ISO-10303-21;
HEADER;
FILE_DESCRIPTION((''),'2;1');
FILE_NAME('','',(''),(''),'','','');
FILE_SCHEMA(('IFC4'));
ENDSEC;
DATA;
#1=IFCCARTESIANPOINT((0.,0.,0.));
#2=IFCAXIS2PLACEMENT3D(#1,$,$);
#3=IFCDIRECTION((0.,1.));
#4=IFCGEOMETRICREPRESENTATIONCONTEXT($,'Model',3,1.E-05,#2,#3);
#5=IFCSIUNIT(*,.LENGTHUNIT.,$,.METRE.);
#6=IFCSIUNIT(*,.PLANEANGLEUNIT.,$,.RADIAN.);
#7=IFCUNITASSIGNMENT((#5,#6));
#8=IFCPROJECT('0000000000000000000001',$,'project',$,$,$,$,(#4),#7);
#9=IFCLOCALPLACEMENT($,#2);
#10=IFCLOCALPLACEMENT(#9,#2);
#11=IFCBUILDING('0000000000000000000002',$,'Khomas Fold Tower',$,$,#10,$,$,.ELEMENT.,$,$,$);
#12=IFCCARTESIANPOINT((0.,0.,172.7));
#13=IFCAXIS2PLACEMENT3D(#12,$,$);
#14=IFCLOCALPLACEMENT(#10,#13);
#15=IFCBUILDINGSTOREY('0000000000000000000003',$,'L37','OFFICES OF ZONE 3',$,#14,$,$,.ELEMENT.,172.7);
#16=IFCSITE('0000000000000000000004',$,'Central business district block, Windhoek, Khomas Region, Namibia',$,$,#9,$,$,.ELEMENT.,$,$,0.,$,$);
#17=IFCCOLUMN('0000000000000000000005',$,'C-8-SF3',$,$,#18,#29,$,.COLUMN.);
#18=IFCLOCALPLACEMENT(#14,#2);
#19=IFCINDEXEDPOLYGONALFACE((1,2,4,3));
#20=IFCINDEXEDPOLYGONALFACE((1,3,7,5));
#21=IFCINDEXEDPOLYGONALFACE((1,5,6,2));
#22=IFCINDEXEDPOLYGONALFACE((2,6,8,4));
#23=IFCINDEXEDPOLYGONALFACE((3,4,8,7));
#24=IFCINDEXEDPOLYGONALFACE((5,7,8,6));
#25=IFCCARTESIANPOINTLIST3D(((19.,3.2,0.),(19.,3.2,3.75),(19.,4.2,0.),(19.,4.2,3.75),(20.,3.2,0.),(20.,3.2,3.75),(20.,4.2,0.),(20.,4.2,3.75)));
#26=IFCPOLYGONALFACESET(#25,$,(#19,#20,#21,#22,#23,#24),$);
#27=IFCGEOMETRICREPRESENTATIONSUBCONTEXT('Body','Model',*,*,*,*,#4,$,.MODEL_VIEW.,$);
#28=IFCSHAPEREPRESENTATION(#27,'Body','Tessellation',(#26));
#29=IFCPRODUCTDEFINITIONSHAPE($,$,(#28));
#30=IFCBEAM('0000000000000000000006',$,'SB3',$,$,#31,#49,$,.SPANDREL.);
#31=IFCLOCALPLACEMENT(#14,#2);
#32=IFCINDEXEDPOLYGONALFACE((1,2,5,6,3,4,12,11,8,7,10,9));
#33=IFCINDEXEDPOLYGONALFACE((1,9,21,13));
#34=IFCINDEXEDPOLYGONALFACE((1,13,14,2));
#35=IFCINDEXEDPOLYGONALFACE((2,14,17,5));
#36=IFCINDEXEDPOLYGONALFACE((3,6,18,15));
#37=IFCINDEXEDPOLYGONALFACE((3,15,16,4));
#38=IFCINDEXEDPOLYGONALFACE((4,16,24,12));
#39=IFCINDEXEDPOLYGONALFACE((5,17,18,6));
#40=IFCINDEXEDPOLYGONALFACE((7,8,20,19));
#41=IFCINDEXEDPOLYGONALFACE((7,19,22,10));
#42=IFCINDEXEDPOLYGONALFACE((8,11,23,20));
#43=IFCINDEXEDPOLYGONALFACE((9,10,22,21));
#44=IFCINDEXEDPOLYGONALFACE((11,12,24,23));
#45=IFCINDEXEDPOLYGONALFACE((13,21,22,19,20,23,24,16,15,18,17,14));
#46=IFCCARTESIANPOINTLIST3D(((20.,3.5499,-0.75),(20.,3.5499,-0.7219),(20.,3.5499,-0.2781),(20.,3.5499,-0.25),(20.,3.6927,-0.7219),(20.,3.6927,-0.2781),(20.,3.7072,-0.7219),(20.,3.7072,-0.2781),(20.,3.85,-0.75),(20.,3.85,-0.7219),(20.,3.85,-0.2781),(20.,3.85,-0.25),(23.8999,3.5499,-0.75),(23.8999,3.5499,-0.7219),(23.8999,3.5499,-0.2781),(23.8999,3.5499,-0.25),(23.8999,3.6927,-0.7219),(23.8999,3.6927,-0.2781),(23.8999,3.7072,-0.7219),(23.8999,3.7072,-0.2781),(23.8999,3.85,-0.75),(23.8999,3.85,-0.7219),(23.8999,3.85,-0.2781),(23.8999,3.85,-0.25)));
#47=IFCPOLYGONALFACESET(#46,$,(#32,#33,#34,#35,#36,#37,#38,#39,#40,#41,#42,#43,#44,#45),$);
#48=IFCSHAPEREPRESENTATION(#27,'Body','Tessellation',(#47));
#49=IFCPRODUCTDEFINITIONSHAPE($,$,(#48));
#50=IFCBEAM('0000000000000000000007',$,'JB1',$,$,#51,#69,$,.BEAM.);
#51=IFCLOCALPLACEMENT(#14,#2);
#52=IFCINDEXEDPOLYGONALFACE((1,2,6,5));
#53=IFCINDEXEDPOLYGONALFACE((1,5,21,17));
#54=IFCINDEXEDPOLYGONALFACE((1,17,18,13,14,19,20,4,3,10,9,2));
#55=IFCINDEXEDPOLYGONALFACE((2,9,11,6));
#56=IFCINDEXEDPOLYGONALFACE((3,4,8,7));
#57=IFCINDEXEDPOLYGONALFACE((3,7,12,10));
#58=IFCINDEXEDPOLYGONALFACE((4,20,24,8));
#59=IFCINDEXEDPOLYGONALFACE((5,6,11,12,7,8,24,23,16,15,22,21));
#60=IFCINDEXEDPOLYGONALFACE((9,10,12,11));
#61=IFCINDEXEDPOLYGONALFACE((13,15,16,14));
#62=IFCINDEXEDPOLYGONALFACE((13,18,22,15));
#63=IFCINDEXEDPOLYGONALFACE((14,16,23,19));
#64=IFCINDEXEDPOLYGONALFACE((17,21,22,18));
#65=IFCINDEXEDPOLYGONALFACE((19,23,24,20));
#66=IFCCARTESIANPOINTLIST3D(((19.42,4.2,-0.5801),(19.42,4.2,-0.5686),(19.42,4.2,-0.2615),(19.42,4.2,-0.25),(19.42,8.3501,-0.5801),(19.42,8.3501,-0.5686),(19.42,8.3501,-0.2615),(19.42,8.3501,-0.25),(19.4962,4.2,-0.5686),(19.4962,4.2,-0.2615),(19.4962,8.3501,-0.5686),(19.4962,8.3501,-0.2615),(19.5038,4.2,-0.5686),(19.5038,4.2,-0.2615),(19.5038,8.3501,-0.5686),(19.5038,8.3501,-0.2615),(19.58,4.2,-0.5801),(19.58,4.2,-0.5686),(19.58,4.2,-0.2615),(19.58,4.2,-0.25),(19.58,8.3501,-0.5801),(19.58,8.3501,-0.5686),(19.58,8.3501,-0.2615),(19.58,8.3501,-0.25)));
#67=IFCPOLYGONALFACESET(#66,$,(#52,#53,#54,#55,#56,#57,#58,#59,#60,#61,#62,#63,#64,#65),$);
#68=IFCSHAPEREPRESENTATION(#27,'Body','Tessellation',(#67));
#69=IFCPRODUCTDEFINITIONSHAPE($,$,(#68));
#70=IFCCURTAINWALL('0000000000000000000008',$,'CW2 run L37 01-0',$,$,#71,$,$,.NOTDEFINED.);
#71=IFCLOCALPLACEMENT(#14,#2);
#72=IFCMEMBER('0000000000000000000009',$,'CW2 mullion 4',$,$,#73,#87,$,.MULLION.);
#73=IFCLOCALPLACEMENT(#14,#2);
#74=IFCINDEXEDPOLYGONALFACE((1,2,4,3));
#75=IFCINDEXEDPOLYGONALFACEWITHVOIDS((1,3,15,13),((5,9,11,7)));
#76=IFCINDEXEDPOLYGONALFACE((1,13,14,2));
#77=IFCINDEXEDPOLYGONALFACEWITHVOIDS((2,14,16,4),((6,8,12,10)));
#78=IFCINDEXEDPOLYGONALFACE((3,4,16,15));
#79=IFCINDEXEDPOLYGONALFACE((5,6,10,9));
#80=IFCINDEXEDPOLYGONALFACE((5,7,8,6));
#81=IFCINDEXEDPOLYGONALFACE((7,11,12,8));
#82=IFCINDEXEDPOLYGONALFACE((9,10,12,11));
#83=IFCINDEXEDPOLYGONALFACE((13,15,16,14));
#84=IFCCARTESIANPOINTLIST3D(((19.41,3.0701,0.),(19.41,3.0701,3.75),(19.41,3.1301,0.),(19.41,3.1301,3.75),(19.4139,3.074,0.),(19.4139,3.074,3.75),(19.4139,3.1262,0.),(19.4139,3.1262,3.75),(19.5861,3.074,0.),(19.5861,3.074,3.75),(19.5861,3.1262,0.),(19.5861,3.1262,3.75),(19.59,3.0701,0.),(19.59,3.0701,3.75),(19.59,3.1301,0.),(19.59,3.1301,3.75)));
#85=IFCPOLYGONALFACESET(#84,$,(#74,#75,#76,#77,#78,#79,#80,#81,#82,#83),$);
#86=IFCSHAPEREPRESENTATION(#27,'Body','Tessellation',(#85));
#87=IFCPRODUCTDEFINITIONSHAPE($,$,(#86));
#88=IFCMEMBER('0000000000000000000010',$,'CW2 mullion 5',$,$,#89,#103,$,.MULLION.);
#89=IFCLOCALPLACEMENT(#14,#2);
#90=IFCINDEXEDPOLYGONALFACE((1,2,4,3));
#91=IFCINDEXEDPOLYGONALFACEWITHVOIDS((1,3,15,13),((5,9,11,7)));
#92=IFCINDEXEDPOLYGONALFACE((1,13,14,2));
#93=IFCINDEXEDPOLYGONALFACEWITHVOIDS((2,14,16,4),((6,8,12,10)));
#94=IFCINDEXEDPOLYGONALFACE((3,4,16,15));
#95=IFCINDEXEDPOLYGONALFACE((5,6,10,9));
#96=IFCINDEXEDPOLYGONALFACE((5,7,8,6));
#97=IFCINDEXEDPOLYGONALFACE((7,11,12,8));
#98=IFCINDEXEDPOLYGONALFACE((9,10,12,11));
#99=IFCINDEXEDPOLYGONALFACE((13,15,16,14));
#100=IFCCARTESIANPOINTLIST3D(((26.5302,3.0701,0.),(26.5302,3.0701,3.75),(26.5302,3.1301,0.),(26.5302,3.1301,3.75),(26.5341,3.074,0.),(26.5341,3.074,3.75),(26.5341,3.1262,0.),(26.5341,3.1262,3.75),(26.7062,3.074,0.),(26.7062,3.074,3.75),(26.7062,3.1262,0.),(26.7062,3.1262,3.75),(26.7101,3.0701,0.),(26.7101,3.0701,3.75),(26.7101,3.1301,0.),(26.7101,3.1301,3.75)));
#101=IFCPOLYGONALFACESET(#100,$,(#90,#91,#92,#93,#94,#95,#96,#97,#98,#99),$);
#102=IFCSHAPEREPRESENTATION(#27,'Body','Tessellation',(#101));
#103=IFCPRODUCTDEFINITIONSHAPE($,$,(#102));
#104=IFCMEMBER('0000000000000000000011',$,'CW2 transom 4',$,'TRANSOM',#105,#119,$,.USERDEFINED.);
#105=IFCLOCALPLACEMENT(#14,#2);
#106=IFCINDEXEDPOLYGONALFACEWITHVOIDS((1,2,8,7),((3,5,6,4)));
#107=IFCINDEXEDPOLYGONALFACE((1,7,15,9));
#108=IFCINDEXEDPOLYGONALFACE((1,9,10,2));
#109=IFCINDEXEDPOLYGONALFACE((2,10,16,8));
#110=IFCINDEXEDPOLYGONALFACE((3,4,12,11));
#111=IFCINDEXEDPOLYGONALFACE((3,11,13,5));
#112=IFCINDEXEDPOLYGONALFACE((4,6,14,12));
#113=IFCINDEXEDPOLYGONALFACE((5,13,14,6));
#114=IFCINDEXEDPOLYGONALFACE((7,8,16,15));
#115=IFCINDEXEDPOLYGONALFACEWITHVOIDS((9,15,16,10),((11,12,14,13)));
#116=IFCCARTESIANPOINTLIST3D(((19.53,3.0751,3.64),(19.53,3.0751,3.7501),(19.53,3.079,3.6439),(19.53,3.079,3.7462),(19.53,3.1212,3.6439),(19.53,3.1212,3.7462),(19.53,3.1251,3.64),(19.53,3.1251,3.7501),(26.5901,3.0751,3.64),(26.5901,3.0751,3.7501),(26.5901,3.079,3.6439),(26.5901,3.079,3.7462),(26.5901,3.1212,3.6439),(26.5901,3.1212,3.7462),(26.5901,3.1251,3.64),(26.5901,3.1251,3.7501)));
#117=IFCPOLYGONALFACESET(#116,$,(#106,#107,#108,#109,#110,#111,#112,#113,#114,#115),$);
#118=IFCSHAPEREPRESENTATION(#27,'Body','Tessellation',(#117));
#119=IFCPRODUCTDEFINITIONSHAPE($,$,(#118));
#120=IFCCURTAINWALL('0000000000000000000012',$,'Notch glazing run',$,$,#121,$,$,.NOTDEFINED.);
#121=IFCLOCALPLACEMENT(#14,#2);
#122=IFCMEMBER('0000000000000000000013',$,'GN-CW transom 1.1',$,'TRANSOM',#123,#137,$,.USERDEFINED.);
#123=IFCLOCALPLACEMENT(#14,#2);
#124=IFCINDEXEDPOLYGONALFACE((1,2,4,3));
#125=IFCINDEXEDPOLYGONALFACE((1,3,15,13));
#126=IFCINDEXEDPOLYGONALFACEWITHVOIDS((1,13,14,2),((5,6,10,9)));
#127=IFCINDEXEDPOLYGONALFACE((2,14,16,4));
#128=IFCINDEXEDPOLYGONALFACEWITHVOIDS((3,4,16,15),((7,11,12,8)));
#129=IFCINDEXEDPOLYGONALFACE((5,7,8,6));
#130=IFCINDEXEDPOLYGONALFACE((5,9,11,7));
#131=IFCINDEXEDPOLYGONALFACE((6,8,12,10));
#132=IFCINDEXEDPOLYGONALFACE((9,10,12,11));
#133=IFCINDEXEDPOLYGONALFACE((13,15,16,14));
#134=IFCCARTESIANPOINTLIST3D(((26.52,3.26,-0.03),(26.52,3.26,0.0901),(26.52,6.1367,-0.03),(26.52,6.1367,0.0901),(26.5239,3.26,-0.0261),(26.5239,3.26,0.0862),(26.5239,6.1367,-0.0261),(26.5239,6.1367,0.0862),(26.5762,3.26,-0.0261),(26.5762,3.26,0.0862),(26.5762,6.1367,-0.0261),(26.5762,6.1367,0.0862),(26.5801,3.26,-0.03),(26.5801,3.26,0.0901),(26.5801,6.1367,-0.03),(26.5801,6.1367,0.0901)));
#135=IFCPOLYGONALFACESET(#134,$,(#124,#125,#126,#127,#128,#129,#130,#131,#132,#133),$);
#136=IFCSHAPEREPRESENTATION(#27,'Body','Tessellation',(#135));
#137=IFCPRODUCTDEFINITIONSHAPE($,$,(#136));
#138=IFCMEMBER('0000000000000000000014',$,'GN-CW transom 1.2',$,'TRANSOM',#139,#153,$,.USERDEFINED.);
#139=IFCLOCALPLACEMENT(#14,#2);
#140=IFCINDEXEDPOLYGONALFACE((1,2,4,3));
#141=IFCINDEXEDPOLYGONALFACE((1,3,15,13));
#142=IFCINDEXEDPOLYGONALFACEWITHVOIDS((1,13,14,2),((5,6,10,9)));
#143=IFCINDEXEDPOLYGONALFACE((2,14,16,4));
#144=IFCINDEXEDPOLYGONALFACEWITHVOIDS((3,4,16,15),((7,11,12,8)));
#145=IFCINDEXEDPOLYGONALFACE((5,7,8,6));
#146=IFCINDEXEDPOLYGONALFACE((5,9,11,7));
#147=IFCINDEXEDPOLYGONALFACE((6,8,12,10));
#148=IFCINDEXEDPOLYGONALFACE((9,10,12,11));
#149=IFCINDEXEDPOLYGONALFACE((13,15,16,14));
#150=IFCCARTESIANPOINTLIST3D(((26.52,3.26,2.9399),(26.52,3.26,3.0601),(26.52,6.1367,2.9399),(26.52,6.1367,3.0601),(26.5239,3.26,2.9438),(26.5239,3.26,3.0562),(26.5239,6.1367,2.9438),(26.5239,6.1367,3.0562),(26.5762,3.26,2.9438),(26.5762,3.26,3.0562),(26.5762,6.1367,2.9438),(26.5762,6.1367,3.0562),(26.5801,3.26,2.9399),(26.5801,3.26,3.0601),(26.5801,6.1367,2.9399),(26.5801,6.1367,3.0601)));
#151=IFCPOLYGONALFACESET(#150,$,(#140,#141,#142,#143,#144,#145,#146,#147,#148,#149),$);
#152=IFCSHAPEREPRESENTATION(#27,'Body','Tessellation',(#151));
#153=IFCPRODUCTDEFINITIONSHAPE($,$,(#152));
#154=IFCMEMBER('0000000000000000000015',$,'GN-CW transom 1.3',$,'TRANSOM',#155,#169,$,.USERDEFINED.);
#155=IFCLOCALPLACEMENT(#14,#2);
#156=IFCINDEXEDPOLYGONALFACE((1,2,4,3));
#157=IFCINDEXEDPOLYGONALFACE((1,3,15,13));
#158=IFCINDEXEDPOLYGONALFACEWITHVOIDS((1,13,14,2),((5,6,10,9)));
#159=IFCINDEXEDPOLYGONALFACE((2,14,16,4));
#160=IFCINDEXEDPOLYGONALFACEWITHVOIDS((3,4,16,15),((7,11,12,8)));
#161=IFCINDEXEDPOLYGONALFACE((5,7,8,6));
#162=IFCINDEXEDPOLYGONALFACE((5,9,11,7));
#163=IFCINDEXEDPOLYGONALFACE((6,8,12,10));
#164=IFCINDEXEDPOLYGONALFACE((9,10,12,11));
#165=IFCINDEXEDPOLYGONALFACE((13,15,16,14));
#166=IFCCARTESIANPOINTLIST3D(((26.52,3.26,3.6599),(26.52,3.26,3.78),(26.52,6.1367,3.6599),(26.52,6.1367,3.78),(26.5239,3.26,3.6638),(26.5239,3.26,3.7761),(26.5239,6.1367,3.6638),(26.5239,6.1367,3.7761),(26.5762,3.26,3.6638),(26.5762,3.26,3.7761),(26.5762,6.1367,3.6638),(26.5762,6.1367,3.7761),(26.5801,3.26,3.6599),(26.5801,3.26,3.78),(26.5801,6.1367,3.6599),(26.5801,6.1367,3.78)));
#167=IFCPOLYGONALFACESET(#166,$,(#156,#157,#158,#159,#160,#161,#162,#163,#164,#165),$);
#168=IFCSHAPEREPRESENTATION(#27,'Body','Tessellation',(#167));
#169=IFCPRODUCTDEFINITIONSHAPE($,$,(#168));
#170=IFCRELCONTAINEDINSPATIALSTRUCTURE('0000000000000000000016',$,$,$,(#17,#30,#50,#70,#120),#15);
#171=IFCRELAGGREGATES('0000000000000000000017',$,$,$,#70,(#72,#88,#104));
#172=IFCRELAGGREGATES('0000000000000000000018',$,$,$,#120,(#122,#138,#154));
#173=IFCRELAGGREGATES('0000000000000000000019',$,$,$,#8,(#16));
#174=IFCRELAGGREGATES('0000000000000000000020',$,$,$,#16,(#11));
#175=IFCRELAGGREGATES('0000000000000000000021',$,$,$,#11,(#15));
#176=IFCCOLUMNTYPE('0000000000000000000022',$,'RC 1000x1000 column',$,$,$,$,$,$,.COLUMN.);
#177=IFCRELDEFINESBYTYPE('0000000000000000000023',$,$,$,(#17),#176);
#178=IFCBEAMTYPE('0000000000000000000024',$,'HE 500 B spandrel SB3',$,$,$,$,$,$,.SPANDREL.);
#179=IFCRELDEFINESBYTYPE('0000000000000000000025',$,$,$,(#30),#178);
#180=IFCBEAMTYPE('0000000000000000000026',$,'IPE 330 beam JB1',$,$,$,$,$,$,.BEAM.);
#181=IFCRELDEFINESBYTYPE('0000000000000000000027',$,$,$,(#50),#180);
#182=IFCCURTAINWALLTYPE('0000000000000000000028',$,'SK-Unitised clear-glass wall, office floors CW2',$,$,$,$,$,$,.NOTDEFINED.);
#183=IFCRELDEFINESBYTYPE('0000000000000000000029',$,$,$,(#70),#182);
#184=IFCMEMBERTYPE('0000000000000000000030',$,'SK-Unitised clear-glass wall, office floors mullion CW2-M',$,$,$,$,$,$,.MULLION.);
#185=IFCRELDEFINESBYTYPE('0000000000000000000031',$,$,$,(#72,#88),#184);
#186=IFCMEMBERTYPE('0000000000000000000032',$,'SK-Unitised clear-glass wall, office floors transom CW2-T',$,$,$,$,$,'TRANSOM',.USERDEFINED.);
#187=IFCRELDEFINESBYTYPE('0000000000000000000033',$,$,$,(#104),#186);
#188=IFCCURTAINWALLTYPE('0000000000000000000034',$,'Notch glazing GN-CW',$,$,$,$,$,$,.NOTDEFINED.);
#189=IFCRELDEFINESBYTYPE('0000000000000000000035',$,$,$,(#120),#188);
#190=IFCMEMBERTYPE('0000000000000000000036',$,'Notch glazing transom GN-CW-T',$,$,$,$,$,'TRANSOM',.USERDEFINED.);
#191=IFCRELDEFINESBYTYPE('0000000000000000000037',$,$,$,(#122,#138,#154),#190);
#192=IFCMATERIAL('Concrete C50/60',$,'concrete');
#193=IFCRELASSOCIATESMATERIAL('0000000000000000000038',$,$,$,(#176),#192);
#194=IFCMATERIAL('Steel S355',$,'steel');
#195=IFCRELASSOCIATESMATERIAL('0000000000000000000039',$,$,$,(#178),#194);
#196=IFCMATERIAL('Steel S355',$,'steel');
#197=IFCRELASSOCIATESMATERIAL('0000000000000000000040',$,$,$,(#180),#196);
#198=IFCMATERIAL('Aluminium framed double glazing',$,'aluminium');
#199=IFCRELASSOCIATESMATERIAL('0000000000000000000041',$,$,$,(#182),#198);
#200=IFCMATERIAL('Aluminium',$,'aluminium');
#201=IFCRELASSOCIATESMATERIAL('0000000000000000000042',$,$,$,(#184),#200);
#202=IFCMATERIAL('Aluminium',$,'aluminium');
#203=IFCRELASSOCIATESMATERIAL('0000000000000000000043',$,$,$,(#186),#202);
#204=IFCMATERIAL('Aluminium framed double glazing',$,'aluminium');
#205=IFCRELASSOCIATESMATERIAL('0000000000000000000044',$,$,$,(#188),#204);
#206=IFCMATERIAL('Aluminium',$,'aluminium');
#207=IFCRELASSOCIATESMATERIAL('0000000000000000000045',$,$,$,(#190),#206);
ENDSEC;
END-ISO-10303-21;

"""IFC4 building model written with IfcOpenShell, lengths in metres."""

from ifc_helpers import new_model, si_unit, direction, frame, origin, origin_2d, place, context, subcontext, project, spatial, rectangle, hollow_rectangle, i_section, extrude, source, transform, mapped, material, material_profile, profile_set, type_object, element, aggregate, save


model = new_model("IFC4")

# Units and contexts
model_context = context("Model", 3, precision=1e-05, world=origin(), true_north=direction((0.0, 1.0)))
body_context = subcontext(model_context, "Body", "Model", "MODEL_VIEW")
ifc_project = project(units=[si_unit("LENGTHUNIT", "METRE"), si_unit("PLANEANGLEUNIT", "RADIAN")], contexts=[model_context])

# Site, building, storey
site_placement = place(None, origin())
site = spatial("IfcSite", under=ifc_project, at=site_placement, Name="Central business district block, Windhoek, Khomas Region, Namibia", CompositionType="ELEMENT", RefElevation=0.0)
building_placement = place(site_placement, origin())
building = spatial("IfcBuilding", under=site, at=building_placement, Name="Khomas Fold Tower", CompositionType="ELEMENT")
storey_placement = place(building_placement, frame((0.0, 0.0, 172.7)))
storey = spatial("IfcBuildingStorey", under=building, at=storey_placement, Name="L37", Description="OFFICES OF ZONE 3", CompositionType="ELEMENT", Elevation=172.7)

# Column
ifc_material_1 = material(Name="Concrete C50/60", Category="concrete")
ifc_material_profile_1 = material_profile(ifc_material_1, rectangle(XDim=1.0, YDim=1.0, at=origin_2d()), Name="RC 1000x1000")
ifc_profile_set_1 = profile_set([ifc_material_profile_1], Name="Concrete C50/60")
column_type = type_object("IfcColumnType", Name="RC 1000x1000 column", PredefinedType="COLUMN", material=ifc_profile_set_1)
shared_shape_1 = source(origin(), body_context, "Body", "SweptSolid", [
    extrude(rectangle(XDim=1.0, YDim=1.0, at=origin_2d()), origin(), (0.0, 0.0, 1.0), 3.75),
])
column_placement = place(storey_placement, frame((19.5, 3.7, 0.0), z_axis=(0.0, 0.0, 1.0), x_axis=(1.0, 0.0, 0.0)))
element("IfcColumn", 1, at=column_placement, inside=storey, type_object=column_type, Name="C-8-SF3", PredefinedType="COLUMN", context=body_context, shape_type="MappedRepresentation", body=[
    mapped(shared_shape_1, transform((0.0, 0.0, 0.0))),
])

# Beams
ifc_material_2 = material(Name="Steel S355", Category="steel")
ifc_material_profile_2 = material_profile(ifc_material_2, i_section(OverallWidth=0.3, OverallDepth=0.5, WebThickness=0.0144, FlangeThickness=0.0281, at=origin_2d()), Name="HE 500 B")
ifc_profile_set_2 = profile_set([ifc_material_profile_2], Name="Steel S355")
beam_type_1 = type_object("IfcBeamType", Name="HE 500 B spandrel SB3", PredefinedType="SPANDREL", material=ifc_profile_set_2)
shared_shape_2 = source(origin(), body_context, "Body", "SweptSolid", [
    extrude(i_section(OverallWidth=0.3, OverallDepth=0.5, WebThickness=0.0144, FlangeThickness=0.0281, at=origin_2d()), origin(), (0.0, 0.0, 1.0), 3.8999),
])
beam_1_placement = place(storey_placement, frame((20.0, 3.7, -0.5), z_axis=(1.0, 0.0, 0.0), x_axis=(0.0, 1.0, 0.0)))
element("IfcBeam", 2, at=beam_1_placement, inside=storey, type_object=beam_type_1, Name="SB3", PredefinedType="SPANDREL", context=body_context, shape_type="MappedRepresentation", body=[
    mapped(shared_shape_2, transform((0.0, 0.0, 0.0))),
])
ifc_material_3 = material(Name="Steel S355", Category="steel")
ifc_material_profile_3 = material_profile(ifc_material_3, i_section(OverallWidth=0.1599, OverallDepth=0.3301, WebThickness=0.0076, FlangeThickness=0.0115, at=origin_2d()), Name="IPE 330")
ifc_profile_set_3 = profile_set([ifc_material_profile_3], Name="Steel S355")
beam_type_2 = type_object("IfcBeamType", Name="IPE 330 beam JB1", PredefinedType="BEAM", material=ifc_profile_set_3)
shared_shape_3 = source(origin(), body_context, "Body", "SweptSolid", [
    extrude(i_section(OverallWidth=0.1599, OverallDepth=0.3301, WebThickness=0.0076, FlangeThickness=0.0115, at=origin_2d()), origin(), (0.0, 0.0, 1.0), 4.1501),
])
beam_2_placement = place(storey_placement, frame((19.5, 4.2, -0.415), z_axis=(0.0, 1.0, 0.0), x_axis=(-1.0, 0.0, 0.0)))
element("IfcBeam", 3, at=beam_2_placement, inside=storey, type_object=beam_type_2, Name="JB1", PredefinedType="BEAM", context=body_context, shape_type="MappedRepresentation", body=[
    mapped(shared_shape_3, transform((0.0, 0.0, 0.0))),
])

# Curtain walls, members
ifc_material_4 = material(Name="Aluminium framed double glazing", Category="aluminium")
curtain_wall_type_1 = type_object("IfcCurtainWallType", Name="SK-Unitised clear-glass wall, office floors CW2", PredefinedType="NOTDEFINED", material=ifc_material_4)
curtain_wall_1_placement = place(storey_placement, origin())
curtain_wall_1 = element("IfcCurtainWall", 4, at=curtain_wall_1_placement, inside=storey, type_object=curtain_wall_type_1, Name="CW2 run L37 01-0", PredefinedType="NOTDEFINED")
ifc_material_5 = material(Name="Aluminium", Category="aluminium")
ifc_material_profile_4 = material_profile(ifc_material_5, hollow_rectangle(XDim=0.0601, YDim=0.1799, WallThickness=0.0039, at=origin_2d()), Name="SK-Unitised clear-glass wall, office floors mullion CW2-M")
ifc_profile_set_4 = profile_set([ifc_material_profile_4], Name="Aluminium")
member_type_1 = type_object("IfcMemberType", Name="SK-Unitised clear-glass wall, office floors mullion CW2-M", PredefinedType="MULLION", material=ifc_profile_set_4)
shared_shape_4 = source(origin(), body_context, "Body", "SweptSolid", [
    extrude(hollow_rectangle(XDim=0.0601, YDim=0.1799, WallThickness=0.0039, at=origin_2d()), origin(), (0.0, 0.0, 1.0), 3.75),
])
member_1_placement = place(storey_placement, frame((19.5, 3.1001, 0.0), z_axis=(0.0, 0.0, 1.0), x_axis=(0.0, 1.0, 0.0)))
member_1 = element("IfcMember", 5, at=member_1_placement, type_object=member_type_1, Name="CW2 mullion 4", PredefinedType="MULLION", context=body_context, shape_type="MappedRepresentation", body=[
    mapped(shared_shape_4, transform((0.0, 0.0, 0.0))),
])
member_2_placement = place(storey_placement, frame((26.6201, 3.1001, 0.0), z_axis=(0.0, 0.0, 1.0), x_axis=(0.0, 1.0, 0.0)))
member_2 = element("IfcMember", 6, at=member_2_placement, type_object=member_type_1, Name="CW2 mullion 5", PredefinedType="MULLION", context=body_context, shape_type="MappedRepresentation", body=[
    mapped(shared_shape_4, transform((0.0, 0.0, 0.0))),
])
ifc_material_6 = material(Name="Aluminium", Category="aluminium")
ifc_material_profile_5 = material_profile(ifc_material_6, hollow_rectangle(XDim=0.05, YDim=0.1101, WallThickness=0.0039, at=origin_2d()), Name="SK-Unitised clear-glass wall, office floors transom CW2-T")
ifc_profile_set_5 = profile_set([ifc_material_profile_5], Name="Aluminium")
member_type_2 = type_object("IfcMemberType", Name="SK-Unitised clear-glass wall, office floors transom CW2-T", ElementType="TRANSOM", PredefinedType="USERDEFINED", material=ifc_profile_set_5)
shared_shape_5 = source(origin(), body_context, "Body", "SweptSolid", [
    extrude(hollow_rectangle(XDim=0.05, YDim=0.1101, WallThickness=0.0039, at=origin_2d()), origin(), (0.0, 0.0, 1.0), 7.0601),
])
member_3_placement = place(storey_placement, frame((19.53, 3.1001, 3.6951), z_axis=(1.0, 0.0, 0.0), x_axis=(0.0, 1.0, 0.0)))
member_3 = element("IfcMember", 7, at=member_3_placement, type_object=member_type_2, Name="CW2 transom 4", ObjectType="TRANSOM", PredefinedType="USERDEFINED", context=body_context, shape_type="MappedRepresentation", body=[
    mapped(shared_shape_5, transform((0.0, 0.0, 0.0))),
])
ifc_material_7 = material(Name="Aluminium framed double glazing", Category="aluminium")
curtain_wall_type_2 = type_object("IfcCurtainWallType", Name="Notch glazing GN-CW", PredefinedType="NOTDEFINED", material=ifc_material_7)
curtain_wall_2_placement = place(storey_placement, origin())
curtain_wall_2 = element("IfcCurtainWall", 8, at=curtain_wall_2_placement, inside=storey, type_object=curtain_wall_type_2, Name="Notch glazing run", PredefinedType="NOTDEFINED")
ifc_material_8 = material(Name="Aluminium", Category="aluminium")
ifc_material_profile_6 = material_profile(ifc_material_8, hollow_rectangle(XDim=0.0601, YDim=0.1201, WallThickness=0.0039, at=origin_2d()), Name="Notch glazing transom GN-CW-T")
ifc_profile_set_6 = profile_set([ifc_material_profile_6], Name="Aluminium")
member_type_3 = type_object("IfcMemberType", Name="Notch glazing transom GN-CW-T", ElementType="TRANSOM", PredefinedType="USERDEFINED", material=ifc_profile_set_6)
shared_shape_6 = source(origin(), body_context, "Body", "SweptSolid", [
    extrude(hollow_rectangle(XDim=0.0601, YDim=0.1201, WallThickness=0.0039, at=origin_2d()), origin(), (0.0, 0.0, 1.0), 2.8767),
])
member_4_placement = place(storey_placement, frame((26.55, 3.26, 0.03), z_axis=(0.0, 1.0, 0.0), x_axis=(-1.0, 0.0, 0.0)))
member_4 = element("IfcMember", 9, at=member_4_placement, type_object=member_type_3, Name="GN-CW transom 1.1", ObjectType="TRANSOM", PredefinedType="USERDEFINED", context=body_context, shape_type="MappedRepresentation", body=[
    mapped(shared_shape_6, transform((0.0, 0.0, 0.0))),
])
member_5_placement = place(storey_placement, frame((26.55, 3.26, 3.0), z_axis=(0.0, 1.0, 0.0), x_axis=(-1.0, 0.0, 0.0)))
member_5 = element("IfcMember", 10, at=member_5_placement, type_object=member_type_3, Name="GN-CW transom 1.2", ObjectType="TRANSOM", PredefinedType="USERDEFINED", context=body_context, shape_type="MappedRepresentation", body=[
    mapped(shared_shape_6, transform((0.0, 0.0, 0.0))),
])
member_6_placement = place(storey_placement, frame((26.55, 3.26, 3.72), z_axis=(0.0, 1.0, 0.0), x_axis=(-1.0, 0.0, 0.0)))
member_6 = element("IfcMember", 11, at=member_6_placement, type_object=member_type_3, Name="GN-CW transom 1.3", ObjectType="TRANSOM", PredefinedType="USERDEFINED", context=body_context, shape_type="MappedRepresentation", body=[
    mapped(shared_shape_6, transform((0.0, 0.0, 0.0))),
])

aggregate(curtain_wall_1, [member_1, member_2, member_3])
aggregate(curtain_wall_2, [member_4, member_5, member_6])

save(model, "model.ifc")
